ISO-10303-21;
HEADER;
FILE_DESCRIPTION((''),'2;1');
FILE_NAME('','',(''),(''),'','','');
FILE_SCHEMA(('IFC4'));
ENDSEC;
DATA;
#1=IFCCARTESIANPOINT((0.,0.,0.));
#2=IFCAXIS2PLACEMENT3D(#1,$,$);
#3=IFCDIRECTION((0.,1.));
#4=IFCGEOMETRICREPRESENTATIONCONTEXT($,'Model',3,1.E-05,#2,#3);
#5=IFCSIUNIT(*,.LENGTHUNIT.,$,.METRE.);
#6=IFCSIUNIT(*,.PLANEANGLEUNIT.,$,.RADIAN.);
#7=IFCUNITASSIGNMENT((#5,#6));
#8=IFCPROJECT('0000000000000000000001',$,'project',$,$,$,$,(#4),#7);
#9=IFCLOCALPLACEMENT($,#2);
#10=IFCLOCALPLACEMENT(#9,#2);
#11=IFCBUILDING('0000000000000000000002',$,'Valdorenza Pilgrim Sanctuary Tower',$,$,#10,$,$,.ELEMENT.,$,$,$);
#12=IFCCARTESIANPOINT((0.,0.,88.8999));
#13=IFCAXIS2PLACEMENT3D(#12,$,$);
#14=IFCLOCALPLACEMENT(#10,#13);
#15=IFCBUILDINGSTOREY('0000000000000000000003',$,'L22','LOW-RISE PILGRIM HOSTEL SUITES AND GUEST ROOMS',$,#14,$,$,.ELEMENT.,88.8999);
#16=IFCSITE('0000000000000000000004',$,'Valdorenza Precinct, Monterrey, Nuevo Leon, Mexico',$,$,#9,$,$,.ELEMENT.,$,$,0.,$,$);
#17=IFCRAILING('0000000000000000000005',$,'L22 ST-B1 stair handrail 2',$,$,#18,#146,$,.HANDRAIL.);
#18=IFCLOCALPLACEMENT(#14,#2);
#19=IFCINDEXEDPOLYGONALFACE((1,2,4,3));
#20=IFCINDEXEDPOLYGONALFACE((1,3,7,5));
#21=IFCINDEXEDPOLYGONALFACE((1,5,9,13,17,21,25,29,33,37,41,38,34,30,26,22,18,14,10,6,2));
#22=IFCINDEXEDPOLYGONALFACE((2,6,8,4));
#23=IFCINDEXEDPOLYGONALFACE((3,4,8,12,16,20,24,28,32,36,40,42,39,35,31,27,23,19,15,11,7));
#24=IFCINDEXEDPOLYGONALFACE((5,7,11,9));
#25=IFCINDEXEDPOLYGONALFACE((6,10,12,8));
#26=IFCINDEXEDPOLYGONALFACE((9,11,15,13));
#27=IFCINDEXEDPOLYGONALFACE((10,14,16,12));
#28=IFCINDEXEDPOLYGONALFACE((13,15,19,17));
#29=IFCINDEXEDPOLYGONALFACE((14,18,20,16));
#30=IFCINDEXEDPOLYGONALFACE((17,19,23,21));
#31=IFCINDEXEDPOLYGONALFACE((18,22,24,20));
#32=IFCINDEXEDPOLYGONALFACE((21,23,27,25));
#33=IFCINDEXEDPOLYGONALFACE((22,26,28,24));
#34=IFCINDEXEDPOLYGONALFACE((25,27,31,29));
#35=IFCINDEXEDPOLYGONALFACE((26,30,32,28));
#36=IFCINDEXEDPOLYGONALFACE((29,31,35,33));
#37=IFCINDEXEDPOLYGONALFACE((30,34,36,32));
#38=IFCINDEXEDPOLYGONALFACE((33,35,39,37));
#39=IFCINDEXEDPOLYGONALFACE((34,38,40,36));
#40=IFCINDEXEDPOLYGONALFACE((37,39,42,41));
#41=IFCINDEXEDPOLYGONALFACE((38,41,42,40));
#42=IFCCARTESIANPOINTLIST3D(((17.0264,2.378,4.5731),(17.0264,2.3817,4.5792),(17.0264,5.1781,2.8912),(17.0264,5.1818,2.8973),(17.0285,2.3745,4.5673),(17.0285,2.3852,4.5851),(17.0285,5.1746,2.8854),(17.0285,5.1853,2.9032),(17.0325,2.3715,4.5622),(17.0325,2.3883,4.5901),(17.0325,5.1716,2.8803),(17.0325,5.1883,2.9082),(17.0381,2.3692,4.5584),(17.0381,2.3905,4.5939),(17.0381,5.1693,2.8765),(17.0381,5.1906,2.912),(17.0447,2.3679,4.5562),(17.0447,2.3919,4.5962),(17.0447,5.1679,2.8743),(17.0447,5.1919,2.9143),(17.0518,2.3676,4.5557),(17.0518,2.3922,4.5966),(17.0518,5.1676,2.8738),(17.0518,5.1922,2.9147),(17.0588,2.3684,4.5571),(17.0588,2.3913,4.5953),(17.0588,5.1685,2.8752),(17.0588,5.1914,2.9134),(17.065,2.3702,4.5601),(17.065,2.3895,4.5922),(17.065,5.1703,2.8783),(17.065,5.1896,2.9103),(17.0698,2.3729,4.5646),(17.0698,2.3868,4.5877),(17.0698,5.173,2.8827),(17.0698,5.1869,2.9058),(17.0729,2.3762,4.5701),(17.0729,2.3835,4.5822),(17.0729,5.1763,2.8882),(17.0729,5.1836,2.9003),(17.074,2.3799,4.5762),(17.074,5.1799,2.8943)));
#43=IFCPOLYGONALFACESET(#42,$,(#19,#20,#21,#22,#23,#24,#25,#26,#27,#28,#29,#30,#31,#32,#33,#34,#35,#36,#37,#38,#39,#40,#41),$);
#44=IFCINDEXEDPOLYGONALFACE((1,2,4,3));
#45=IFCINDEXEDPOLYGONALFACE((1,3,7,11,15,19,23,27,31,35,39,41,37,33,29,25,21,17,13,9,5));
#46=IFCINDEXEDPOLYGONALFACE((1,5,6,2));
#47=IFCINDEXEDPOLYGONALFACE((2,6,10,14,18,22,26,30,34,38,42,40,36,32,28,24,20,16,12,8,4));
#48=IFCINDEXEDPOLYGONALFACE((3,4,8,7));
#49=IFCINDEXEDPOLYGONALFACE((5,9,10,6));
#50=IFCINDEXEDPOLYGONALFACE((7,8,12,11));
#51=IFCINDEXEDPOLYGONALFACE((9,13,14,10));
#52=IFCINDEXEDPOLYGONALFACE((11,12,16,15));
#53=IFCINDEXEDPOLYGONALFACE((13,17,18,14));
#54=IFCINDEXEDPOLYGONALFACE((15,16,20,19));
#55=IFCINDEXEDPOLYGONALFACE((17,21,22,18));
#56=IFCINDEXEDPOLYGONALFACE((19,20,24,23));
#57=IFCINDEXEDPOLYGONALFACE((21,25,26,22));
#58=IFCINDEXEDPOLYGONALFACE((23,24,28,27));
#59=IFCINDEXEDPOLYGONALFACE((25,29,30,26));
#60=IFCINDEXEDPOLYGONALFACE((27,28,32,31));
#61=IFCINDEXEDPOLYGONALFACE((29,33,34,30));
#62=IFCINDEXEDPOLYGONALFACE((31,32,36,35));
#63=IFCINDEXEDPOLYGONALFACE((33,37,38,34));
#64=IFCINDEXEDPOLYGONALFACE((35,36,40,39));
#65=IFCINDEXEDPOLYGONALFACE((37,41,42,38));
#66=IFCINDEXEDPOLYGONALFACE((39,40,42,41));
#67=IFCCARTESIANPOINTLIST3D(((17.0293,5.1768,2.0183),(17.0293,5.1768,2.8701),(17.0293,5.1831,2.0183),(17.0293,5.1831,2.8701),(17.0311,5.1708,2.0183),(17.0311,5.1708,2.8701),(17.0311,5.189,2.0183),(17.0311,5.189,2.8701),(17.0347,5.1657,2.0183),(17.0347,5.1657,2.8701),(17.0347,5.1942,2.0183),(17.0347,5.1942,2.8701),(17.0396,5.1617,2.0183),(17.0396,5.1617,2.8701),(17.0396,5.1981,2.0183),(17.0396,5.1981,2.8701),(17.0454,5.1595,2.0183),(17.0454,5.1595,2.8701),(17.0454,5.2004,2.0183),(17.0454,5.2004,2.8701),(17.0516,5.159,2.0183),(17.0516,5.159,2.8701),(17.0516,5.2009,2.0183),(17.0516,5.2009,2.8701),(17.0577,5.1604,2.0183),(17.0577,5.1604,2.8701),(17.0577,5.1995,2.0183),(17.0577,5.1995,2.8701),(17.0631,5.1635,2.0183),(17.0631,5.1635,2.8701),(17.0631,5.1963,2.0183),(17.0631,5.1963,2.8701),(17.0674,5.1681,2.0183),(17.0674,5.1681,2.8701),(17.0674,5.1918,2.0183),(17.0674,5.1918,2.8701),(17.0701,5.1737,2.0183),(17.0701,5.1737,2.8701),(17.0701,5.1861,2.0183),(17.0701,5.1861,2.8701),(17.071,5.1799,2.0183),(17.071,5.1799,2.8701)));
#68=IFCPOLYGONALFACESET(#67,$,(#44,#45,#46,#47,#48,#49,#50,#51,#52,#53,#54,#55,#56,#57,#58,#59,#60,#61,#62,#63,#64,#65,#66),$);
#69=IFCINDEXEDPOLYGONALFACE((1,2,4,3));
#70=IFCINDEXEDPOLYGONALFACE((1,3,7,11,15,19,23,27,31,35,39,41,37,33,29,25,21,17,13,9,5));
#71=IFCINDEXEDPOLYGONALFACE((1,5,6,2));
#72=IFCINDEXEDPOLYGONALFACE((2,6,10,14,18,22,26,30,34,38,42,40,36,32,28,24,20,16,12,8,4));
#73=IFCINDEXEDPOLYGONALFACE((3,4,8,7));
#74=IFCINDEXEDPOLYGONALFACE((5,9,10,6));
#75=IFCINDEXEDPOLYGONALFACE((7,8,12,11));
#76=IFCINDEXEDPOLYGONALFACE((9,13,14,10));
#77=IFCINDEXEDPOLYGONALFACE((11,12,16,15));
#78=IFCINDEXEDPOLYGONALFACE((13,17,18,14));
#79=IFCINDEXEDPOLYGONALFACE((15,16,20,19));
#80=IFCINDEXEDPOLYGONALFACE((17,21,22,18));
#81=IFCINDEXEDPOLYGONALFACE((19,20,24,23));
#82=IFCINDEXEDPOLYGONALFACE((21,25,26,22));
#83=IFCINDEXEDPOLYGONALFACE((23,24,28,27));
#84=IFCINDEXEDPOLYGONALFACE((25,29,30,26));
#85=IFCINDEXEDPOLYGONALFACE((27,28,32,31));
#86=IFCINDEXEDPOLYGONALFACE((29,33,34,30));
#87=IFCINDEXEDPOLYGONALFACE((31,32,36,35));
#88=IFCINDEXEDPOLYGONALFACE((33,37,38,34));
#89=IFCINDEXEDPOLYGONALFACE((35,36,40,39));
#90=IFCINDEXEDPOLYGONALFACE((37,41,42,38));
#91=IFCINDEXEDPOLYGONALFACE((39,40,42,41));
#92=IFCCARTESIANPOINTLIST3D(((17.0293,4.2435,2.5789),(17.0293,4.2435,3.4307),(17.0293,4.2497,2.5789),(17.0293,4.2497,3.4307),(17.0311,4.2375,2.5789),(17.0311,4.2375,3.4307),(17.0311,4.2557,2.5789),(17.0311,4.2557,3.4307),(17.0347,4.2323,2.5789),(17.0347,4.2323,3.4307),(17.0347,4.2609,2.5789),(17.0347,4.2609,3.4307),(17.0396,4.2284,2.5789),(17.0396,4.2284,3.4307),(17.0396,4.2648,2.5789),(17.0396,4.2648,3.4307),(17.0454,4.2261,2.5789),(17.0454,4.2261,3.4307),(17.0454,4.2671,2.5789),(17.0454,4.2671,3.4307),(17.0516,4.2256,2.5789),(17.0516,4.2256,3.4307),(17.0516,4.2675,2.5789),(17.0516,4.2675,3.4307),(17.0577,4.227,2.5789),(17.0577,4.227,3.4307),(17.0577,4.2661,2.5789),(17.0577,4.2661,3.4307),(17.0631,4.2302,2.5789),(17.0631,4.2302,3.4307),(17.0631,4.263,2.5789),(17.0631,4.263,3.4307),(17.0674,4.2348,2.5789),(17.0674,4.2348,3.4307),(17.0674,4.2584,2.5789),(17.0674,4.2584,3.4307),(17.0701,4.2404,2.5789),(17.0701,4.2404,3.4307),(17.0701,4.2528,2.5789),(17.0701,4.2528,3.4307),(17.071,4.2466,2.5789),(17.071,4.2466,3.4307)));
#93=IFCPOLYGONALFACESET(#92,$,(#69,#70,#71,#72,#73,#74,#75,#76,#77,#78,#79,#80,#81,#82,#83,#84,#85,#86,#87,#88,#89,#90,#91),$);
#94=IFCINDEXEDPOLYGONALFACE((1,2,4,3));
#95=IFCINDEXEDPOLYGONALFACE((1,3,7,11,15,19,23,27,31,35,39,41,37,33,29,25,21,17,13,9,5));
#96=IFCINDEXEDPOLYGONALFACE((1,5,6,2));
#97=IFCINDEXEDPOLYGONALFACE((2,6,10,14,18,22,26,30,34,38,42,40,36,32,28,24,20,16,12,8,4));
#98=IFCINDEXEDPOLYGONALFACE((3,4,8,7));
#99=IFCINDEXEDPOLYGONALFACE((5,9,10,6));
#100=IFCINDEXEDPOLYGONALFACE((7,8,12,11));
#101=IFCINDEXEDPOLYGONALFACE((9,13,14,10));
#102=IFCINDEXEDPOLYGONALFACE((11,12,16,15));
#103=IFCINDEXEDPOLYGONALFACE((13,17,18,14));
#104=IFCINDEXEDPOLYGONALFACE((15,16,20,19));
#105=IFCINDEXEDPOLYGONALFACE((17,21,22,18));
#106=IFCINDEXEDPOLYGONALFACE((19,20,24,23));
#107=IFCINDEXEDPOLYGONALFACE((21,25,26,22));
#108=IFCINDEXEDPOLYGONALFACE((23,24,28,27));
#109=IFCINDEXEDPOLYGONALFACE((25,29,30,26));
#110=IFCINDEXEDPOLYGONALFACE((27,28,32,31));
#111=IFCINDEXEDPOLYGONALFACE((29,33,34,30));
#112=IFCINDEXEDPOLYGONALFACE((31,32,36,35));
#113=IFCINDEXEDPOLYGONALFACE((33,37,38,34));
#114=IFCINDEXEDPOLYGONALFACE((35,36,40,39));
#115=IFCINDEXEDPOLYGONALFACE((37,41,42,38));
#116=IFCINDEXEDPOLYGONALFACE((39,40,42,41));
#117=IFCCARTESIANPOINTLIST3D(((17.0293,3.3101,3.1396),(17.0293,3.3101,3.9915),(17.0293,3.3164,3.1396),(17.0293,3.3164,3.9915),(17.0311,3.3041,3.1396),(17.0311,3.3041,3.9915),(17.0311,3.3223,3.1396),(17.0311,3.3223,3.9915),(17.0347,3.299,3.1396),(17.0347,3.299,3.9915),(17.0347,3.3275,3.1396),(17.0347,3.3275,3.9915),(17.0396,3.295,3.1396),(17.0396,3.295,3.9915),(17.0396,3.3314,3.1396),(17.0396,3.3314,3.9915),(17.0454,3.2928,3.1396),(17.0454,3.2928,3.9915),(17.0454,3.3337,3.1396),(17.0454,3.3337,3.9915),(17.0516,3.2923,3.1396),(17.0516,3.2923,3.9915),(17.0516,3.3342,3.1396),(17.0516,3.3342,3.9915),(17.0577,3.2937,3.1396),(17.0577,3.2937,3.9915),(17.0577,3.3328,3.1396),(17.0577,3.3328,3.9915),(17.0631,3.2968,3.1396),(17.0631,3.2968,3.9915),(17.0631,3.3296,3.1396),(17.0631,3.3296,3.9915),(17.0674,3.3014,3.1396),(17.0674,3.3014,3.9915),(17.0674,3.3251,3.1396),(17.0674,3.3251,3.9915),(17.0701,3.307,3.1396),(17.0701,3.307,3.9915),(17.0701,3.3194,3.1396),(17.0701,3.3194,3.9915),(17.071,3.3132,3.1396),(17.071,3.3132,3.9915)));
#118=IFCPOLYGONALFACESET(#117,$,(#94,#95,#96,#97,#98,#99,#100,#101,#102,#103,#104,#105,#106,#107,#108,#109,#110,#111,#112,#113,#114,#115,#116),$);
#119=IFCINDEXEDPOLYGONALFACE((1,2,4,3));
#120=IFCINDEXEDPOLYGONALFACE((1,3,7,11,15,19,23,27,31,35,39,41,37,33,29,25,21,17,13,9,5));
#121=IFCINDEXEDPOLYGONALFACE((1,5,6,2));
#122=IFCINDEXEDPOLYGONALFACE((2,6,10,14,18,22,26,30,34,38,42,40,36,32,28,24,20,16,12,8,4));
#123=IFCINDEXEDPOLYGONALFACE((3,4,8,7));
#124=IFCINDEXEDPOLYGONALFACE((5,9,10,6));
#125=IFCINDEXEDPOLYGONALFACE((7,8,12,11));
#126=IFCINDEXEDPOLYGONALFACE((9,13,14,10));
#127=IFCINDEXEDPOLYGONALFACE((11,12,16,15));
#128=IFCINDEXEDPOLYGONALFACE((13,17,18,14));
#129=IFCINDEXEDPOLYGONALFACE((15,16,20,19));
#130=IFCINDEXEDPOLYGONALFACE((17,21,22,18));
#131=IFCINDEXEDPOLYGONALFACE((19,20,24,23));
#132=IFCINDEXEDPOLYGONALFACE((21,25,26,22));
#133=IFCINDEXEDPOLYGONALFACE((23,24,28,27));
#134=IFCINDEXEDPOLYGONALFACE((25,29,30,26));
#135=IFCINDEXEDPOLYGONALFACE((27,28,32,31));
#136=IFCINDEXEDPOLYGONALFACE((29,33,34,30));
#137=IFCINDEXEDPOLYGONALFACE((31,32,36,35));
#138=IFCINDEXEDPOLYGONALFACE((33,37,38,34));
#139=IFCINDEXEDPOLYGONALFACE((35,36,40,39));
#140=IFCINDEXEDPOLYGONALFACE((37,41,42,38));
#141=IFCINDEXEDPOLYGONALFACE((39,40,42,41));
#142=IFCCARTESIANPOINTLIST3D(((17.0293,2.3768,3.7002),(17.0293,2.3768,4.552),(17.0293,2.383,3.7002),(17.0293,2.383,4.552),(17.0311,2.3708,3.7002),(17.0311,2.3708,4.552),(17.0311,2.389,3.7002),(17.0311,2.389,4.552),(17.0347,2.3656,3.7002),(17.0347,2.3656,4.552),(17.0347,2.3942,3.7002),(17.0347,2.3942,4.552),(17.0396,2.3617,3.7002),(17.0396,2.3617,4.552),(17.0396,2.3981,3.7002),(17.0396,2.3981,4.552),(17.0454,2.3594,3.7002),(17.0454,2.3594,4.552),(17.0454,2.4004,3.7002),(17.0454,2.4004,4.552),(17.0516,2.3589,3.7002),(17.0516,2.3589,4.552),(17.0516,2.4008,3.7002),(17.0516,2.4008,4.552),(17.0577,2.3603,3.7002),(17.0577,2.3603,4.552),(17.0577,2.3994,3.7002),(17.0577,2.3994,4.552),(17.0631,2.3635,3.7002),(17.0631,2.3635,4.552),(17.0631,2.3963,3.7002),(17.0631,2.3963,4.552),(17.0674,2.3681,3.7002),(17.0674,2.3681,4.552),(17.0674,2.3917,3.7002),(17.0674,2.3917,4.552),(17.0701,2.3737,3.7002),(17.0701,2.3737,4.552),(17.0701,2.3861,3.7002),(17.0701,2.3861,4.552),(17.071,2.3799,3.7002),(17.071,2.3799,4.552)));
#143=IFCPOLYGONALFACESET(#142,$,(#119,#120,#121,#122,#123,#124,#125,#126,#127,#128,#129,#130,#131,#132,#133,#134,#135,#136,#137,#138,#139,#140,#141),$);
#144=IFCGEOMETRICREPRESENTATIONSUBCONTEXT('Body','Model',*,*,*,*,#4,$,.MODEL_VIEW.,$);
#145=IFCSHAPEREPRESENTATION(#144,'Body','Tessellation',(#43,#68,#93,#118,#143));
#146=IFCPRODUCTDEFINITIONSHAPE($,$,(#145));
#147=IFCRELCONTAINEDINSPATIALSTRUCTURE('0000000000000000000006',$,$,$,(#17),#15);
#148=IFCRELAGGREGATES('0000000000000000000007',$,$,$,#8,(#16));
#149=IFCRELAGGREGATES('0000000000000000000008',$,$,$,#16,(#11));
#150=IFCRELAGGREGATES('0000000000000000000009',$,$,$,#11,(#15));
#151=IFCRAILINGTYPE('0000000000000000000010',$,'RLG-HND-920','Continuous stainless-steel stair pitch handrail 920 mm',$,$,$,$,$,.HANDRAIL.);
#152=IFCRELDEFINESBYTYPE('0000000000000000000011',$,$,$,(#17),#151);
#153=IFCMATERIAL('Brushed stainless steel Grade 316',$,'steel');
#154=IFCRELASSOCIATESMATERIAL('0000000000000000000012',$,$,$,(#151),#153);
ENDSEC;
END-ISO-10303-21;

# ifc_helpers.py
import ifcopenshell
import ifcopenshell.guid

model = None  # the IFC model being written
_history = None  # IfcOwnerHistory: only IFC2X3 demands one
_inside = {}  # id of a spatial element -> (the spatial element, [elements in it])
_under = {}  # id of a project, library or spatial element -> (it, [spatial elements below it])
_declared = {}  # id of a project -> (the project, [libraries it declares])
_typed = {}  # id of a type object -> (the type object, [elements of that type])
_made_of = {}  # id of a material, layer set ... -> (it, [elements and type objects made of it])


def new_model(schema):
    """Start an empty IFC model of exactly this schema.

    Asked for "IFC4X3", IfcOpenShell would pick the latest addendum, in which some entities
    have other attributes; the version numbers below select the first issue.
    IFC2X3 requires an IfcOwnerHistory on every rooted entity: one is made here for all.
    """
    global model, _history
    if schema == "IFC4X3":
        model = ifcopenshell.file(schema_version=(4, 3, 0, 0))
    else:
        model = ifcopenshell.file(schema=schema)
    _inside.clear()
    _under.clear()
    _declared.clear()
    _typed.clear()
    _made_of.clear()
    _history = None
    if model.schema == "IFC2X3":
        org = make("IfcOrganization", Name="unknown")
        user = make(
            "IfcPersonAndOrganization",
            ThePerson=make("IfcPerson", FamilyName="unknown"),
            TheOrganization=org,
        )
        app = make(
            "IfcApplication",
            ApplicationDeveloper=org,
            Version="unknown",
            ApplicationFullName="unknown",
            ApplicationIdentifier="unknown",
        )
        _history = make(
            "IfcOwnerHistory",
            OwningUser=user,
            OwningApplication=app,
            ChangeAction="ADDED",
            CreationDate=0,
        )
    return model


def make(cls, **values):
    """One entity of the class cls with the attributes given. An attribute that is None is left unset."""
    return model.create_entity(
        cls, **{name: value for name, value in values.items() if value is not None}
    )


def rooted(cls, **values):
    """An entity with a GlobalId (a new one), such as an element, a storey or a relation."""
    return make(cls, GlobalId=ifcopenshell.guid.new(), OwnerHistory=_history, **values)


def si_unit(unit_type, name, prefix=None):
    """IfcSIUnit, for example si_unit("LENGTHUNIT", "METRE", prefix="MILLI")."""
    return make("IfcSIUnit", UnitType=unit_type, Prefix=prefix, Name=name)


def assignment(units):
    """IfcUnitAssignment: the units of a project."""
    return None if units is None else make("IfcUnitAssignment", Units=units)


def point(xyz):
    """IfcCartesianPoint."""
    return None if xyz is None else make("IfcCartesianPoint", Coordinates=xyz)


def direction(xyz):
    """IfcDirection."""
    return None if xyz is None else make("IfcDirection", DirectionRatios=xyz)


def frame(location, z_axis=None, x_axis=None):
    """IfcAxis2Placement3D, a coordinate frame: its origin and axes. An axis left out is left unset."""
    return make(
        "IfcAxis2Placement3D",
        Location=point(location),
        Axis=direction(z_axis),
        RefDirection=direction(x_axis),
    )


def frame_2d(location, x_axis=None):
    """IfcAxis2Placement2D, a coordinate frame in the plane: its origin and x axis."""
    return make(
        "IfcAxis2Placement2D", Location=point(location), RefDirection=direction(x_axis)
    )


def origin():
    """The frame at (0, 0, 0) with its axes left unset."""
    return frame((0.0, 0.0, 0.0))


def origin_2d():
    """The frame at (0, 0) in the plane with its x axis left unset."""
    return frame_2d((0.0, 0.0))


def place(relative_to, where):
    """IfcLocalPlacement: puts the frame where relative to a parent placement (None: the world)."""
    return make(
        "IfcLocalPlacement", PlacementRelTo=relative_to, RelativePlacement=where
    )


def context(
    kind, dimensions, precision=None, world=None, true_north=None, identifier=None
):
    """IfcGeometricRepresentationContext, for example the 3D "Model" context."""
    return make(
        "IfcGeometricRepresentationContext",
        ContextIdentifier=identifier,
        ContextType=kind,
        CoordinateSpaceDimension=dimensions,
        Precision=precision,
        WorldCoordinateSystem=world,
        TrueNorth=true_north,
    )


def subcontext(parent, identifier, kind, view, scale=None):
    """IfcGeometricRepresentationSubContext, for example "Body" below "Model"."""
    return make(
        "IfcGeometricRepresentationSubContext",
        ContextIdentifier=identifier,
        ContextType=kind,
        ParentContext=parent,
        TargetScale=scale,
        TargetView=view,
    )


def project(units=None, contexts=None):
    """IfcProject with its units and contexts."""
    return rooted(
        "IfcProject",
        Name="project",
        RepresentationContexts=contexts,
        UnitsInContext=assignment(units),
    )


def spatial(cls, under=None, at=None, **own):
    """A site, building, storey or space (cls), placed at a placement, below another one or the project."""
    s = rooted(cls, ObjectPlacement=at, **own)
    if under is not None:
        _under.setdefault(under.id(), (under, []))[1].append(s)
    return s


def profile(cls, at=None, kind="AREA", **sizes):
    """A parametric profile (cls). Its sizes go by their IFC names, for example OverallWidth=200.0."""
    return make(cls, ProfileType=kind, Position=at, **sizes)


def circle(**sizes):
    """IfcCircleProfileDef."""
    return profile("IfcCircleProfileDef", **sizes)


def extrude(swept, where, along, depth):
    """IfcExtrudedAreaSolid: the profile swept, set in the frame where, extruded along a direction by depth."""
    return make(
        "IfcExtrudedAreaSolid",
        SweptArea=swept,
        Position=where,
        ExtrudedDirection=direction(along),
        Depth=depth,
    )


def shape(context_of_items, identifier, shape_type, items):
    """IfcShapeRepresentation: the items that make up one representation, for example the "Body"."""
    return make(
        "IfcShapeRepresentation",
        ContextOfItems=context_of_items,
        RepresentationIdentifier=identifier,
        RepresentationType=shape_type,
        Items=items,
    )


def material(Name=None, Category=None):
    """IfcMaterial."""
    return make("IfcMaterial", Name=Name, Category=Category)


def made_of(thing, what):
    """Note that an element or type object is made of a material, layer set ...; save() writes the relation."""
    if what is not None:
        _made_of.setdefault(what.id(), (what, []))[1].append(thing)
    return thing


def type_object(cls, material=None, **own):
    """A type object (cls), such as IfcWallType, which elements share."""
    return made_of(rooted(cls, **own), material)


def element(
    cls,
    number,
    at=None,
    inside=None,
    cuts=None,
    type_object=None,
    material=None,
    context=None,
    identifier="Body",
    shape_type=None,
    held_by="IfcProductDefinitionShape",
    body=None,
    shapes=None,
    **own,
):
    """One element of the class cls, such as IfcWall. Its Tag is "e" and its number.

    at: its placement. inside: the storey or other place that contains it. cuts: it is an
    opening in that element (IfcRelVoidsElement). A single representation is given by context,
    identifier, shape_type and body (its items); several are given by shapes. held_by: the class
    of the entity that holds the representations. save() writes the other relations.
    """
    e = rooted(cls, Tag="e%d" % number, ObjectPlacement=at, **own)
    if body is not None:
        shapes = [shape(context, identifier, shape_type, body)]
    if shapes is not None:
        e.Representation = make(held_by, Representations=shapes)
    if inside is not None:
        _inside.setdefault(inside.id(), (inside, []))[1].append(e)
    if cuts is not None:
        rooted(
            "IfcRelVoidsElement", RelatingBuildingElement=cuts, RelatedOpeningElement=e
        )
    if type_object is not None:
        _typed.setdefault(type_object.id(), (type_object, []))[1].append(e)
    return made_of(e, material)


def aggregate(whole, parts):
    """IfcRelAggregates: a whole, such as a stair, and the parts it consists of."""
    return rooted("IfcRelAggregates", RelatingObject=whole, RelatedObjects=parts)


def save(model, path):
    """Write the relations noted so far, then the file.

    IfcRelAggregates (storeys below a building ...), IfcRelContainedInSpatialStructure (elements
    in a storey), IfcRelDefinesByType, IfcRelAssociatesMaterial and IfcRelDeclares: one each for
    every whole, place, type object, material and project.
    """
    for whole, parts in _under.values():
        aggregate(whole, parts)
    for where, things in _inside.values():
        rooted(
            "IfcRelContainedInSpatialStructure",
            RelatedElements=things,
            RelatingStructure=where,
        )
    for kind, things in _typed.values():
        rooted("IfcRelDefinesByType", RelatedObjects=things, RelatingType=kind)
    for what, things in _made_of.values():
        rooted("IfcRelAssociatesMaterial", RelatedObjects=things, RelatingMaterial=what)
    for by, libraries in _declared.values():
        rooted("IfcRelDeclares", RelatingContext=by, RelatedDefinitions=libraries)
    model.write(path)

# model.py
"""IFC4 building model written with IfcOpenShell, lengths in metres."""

from ifc_helpers import new_model, si_unit, direction, frame, origin, origin_2d, place, context, subcontext, project, spatial, circle, extrude, material, type_object, element, save


model = new_model("IFC4")

# Units and contexts
model_context = context("Model", 3, precision=1e-05, world=origin(), true_north=direction((0.0, 1.0)))
body_context = subcontext(model_context, "Body", "Model", "MODEL_VIEW")
ifc_project = project(units=[si_unit("LENGTHUNIT", "METRE"), si_unit("PLANEANGLEUNIT", "RADIAN")], contexts=[model_context])

# Site, building, storey
site_placement = place(None, origin())
site = spatial("IfcSite", under=ifc_project, at=site_placement, Name="Valdorenza Precinct, Monterrey, Nuevo Leon, Mexico", CompositionType="ELEMENT", RefElevation=0.0)
building_placement = place(site_placement, origin())
building = spatial("IfcBuilding", under=site, at=building_placement, Name="Valdorenza Pilgrim Sanctuary Tower", CompositionType="ELEMENT")
storey_placement = place(building_placement, frame((0.0, 0.0, 88.8999)))
storey = spatial("IfcBuildingStorey", under=building, at=storey_placement, Name="L22", Description="LOW-RISE PILGRIM HOSTEL SUITES AND GUEST ROOMS", CompositionType="ELEMENT", Elevation=88.8999)

# Railing
ifc_material_1 = material(Name="Brushed stainless steel Grade 316", Category="steel")
railing_type_1 = type_object("IfcRailingType", Name="RLG-HND-920", Description="Continuous stainless-steel stair pitch handrail 920 mm", PredefinedType="HANDRAIL", material=ifc_material_1)
railing_1_placement = place(storey_placement, frame((17.05, 5.1799, 2.0183)))
element("IfcRailing", 1, at=railing_1_placement, inside=storey, type_object=railing_type_1, Name="L22 ST-B1 stair handrail 2", PredefinedType="HANDRAIL", context=body_context, shape_type="SweptSolid", body=[
    extrude(circle(Radius=0.0239, at=origin_2d()), frame((0.0, 0.0, 0.876), z_axis=(0.0, -0.857242, 0.514913), x_axis=(1.0, 0.0, 0.0)), (0.0, 0.0, 1.0), 3.2664),
    extrude(circle(Radius=0.021, at=origin_2d()), origin(), (0.0, 0.0, 1.0), 0.8518),
    extrude(circle(Radius=0.021, at=origin_2d()), frame((0.0, -0.9333, 0.5605)), (0.0, 0.0, 1.0), 0.8518),
    extrude(circle(Radius=0.021, at=origin_2d()), frame((0.0, -1.8667, 1.1213)), (0.0, 0.0, 1.0), 0.8518),
    extrude(circle(Radius=0.021, at=origin_2d()), frame((0.0, -2.8, 1.6819)), (0.0, 0.0, 1.0), 0.8518),
])

save(model, "model.ifc")
